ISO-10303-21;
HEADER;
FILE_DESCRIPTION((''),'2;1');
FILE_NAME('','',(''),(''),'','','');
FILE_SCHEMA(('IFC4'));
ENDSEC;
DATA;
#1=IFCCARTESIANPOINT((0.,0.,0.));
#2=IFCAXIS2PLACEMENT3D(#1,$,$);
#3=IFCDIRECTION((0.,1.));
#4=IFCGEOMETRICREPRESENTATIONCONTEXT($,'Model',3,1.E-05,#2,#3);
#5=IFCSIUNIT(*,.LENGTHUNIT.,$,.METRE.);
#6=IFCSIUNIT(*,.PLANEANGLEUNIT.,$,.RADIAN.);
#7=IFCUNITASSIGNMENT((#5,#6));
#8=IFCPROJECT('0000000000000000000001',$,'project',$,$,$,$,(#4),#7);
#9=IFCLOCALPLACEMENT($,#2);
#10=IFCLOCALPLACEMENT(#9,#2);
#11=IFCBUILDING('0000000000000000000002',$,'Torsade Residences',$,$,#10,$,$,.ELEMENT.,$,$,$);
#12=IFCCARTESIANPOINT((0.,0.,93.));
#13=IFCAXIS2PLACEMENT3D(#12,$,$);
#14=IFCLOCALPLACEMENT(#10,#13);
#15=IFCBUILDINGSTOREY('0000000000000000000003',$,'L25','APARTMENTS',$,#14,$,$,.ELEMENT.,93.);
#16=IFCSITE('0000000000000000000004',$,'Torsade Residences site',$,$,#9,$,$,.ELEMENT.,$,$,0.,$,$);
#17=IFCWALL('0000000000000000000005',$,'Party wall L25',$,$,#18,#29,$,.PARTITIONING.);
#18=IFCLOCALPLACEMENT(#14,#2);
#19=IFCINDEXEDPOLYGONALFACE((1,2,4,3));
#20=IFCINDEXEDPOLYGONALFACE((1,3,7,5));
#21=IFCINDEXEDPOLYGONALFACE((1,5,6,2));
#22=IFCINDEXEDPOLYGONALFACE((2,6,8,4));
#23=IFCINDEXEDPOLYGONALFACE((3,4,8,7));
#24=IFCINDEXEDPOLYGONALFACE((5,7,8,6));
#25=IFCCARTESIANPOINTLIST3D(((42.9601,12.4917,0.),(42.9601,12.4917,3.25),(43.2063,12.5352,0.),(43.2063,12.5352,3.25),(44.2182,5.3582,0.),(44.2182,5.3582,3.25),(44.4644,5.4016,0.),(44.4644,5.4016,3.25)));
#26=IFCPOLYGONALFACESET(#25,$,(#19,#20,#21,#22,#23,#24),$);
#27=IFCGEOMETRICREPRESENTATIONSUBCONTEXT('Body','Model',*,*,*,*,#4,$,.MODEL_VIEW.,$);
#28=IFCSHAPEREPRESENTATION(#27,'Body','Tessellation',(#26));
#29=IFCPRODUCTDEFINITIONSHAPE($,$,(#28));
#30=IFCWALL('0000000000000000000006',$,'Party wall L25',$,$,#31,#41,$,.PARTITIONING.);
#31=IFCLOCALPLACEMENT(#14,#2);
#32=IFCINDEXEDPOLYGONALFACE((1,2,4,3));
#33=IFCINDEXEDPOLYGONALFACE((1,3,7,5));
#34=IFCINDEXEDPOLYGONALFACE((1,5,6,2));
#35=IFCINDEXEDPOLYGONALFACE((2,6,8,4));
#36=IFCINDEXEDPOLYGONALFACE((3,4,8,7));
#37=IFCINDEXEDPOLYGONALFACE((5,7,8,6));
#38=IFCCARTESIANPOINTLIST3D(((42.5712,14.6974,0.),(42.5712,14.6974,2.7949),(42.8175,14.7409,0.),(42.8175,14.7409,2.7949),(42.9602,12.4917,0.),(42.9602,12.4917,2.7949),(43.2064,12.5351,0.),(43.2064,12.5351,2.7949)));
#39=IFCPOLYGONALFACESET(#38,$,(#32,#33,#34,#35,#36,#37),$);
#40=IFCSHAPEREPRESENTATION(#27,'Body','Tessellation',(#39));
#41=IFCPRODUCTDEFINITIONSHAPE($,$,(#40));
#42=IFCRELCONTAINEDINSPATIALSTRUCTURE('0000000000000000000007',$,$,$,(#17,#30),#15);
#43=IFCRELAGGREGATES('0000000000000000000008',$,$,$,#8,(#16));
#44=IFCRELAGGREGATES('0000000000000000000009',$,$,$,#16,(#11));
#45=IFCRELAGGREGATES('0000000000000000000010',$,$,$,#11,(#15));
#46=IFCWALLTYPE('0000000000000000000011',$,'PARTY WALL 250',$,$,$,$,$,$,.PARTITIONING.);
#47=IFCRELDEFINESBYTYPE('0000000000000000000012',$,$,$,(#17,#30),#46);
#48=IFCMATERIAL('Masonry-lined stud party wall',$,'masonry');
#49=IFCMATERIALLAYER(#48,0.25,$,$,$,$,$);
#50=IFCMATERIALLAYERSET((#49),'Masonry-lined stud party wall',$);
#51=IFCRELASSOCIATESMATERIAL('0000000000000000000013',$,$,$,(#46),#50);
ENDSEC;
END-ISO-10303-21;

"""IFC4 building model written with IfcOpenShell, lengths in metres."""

from ifc_helpers import new_model, si_unit, direction, frame, frame_2d, origin, place, context, subcontext, project, spatial, rectangle, extrude, material, layer, layer_set, type_object, element, save


model = new_model("IFC4")

# Units and contexts
model_context = context("Model", 3, precision=1e-05, world=origin(), true_north=direction((0.0, 1.0)))
body_context = subcontext(model_context, "Body", "Model", "MODEL_VIEW")
ifc_project = project(units=[si_unit("LENGTHUNIT", "METRE"), si_unit("PLANEANGLEUNIT", "RADIAN")], contexts=[model_context])

# Site, building, storey
site_placement = place(None, origin())
site = spatial("IfcSite", under=ifc_project, at=site_placement, Name="Torsade Residences site", CompositionType="ELEMENT", RefElevation=0.0)
building_placement = place(site_placement, origin())
building = spatial("IfcBuilding", under=site, at=building_placement, Name="Torsade Residences", CompositionType="ELEMENT")
storey_placement = place(building_placement, frame((0.0, 0.0, 93.0)))
storey = spatial("IfcBuildingStorey", under=building, at=storey_placement, Name="L25", Description="APARTMENTS", CompositionType="ELEMENT", Elevation=93.0)

# Walls
ifc_material_1 = material(Name="Masonry-lined stud party wall", Category="masonry")
ifc_layer_1 = layer(ifc_material_1, 0.25)
ifc_layer_set_1 = layer_set([ifc_layer_1], Name="Masonry-lined stud party wall")
wall_type_1 = type_object("IfcWallType", Name="PARTY WALL 250", PredefinedType="PARTITIONING", material=ifc_layer_set_1)
wall_1_placement = place(storey_placement, frame((44.3413, 5.3799, 0.0), z_axis=(0.0, 0.0, 1.0), x_axis=(-0.173678, 0.984803, 0.0)))
element("IfcWall", 1, at=wall_1_placement, inside=storey, type_object=wall_type_1, Name="Party wall L25", PredefinedType="PARTITIONING", context=body_context, shape_type="SweptSolid", body=[
    extrude(rectangle(XDim=7.2437, YDim=0.25, at=frame_2d((3.6218, 0.0))), origin(), (0.0, 0.0, 1.0), 3.25),
])
wall_2_placement = place(storey_placement, frame((43.0833, 12.5134, 0.0), z_axis=(0.0, 0.0, 1.0), x_axis=(-0.173636, 0.98481, 0.0)))
element("IfcWall", 2, at=wall_2_placement, inside=storey, type_object=wall_type_1, Name="Party wall L25", PredefinedType="PARTITIONING", context=body_context, shape_type="SweptSolid", body=[
    extrude(rectangle(XDim=2.2397, YDim=0.25, at=frame_2d((1.1199, 0.0))), origin(), (0.0, 0.0, 1.0), 2.7949),
])

save(model, "model.ifc")
